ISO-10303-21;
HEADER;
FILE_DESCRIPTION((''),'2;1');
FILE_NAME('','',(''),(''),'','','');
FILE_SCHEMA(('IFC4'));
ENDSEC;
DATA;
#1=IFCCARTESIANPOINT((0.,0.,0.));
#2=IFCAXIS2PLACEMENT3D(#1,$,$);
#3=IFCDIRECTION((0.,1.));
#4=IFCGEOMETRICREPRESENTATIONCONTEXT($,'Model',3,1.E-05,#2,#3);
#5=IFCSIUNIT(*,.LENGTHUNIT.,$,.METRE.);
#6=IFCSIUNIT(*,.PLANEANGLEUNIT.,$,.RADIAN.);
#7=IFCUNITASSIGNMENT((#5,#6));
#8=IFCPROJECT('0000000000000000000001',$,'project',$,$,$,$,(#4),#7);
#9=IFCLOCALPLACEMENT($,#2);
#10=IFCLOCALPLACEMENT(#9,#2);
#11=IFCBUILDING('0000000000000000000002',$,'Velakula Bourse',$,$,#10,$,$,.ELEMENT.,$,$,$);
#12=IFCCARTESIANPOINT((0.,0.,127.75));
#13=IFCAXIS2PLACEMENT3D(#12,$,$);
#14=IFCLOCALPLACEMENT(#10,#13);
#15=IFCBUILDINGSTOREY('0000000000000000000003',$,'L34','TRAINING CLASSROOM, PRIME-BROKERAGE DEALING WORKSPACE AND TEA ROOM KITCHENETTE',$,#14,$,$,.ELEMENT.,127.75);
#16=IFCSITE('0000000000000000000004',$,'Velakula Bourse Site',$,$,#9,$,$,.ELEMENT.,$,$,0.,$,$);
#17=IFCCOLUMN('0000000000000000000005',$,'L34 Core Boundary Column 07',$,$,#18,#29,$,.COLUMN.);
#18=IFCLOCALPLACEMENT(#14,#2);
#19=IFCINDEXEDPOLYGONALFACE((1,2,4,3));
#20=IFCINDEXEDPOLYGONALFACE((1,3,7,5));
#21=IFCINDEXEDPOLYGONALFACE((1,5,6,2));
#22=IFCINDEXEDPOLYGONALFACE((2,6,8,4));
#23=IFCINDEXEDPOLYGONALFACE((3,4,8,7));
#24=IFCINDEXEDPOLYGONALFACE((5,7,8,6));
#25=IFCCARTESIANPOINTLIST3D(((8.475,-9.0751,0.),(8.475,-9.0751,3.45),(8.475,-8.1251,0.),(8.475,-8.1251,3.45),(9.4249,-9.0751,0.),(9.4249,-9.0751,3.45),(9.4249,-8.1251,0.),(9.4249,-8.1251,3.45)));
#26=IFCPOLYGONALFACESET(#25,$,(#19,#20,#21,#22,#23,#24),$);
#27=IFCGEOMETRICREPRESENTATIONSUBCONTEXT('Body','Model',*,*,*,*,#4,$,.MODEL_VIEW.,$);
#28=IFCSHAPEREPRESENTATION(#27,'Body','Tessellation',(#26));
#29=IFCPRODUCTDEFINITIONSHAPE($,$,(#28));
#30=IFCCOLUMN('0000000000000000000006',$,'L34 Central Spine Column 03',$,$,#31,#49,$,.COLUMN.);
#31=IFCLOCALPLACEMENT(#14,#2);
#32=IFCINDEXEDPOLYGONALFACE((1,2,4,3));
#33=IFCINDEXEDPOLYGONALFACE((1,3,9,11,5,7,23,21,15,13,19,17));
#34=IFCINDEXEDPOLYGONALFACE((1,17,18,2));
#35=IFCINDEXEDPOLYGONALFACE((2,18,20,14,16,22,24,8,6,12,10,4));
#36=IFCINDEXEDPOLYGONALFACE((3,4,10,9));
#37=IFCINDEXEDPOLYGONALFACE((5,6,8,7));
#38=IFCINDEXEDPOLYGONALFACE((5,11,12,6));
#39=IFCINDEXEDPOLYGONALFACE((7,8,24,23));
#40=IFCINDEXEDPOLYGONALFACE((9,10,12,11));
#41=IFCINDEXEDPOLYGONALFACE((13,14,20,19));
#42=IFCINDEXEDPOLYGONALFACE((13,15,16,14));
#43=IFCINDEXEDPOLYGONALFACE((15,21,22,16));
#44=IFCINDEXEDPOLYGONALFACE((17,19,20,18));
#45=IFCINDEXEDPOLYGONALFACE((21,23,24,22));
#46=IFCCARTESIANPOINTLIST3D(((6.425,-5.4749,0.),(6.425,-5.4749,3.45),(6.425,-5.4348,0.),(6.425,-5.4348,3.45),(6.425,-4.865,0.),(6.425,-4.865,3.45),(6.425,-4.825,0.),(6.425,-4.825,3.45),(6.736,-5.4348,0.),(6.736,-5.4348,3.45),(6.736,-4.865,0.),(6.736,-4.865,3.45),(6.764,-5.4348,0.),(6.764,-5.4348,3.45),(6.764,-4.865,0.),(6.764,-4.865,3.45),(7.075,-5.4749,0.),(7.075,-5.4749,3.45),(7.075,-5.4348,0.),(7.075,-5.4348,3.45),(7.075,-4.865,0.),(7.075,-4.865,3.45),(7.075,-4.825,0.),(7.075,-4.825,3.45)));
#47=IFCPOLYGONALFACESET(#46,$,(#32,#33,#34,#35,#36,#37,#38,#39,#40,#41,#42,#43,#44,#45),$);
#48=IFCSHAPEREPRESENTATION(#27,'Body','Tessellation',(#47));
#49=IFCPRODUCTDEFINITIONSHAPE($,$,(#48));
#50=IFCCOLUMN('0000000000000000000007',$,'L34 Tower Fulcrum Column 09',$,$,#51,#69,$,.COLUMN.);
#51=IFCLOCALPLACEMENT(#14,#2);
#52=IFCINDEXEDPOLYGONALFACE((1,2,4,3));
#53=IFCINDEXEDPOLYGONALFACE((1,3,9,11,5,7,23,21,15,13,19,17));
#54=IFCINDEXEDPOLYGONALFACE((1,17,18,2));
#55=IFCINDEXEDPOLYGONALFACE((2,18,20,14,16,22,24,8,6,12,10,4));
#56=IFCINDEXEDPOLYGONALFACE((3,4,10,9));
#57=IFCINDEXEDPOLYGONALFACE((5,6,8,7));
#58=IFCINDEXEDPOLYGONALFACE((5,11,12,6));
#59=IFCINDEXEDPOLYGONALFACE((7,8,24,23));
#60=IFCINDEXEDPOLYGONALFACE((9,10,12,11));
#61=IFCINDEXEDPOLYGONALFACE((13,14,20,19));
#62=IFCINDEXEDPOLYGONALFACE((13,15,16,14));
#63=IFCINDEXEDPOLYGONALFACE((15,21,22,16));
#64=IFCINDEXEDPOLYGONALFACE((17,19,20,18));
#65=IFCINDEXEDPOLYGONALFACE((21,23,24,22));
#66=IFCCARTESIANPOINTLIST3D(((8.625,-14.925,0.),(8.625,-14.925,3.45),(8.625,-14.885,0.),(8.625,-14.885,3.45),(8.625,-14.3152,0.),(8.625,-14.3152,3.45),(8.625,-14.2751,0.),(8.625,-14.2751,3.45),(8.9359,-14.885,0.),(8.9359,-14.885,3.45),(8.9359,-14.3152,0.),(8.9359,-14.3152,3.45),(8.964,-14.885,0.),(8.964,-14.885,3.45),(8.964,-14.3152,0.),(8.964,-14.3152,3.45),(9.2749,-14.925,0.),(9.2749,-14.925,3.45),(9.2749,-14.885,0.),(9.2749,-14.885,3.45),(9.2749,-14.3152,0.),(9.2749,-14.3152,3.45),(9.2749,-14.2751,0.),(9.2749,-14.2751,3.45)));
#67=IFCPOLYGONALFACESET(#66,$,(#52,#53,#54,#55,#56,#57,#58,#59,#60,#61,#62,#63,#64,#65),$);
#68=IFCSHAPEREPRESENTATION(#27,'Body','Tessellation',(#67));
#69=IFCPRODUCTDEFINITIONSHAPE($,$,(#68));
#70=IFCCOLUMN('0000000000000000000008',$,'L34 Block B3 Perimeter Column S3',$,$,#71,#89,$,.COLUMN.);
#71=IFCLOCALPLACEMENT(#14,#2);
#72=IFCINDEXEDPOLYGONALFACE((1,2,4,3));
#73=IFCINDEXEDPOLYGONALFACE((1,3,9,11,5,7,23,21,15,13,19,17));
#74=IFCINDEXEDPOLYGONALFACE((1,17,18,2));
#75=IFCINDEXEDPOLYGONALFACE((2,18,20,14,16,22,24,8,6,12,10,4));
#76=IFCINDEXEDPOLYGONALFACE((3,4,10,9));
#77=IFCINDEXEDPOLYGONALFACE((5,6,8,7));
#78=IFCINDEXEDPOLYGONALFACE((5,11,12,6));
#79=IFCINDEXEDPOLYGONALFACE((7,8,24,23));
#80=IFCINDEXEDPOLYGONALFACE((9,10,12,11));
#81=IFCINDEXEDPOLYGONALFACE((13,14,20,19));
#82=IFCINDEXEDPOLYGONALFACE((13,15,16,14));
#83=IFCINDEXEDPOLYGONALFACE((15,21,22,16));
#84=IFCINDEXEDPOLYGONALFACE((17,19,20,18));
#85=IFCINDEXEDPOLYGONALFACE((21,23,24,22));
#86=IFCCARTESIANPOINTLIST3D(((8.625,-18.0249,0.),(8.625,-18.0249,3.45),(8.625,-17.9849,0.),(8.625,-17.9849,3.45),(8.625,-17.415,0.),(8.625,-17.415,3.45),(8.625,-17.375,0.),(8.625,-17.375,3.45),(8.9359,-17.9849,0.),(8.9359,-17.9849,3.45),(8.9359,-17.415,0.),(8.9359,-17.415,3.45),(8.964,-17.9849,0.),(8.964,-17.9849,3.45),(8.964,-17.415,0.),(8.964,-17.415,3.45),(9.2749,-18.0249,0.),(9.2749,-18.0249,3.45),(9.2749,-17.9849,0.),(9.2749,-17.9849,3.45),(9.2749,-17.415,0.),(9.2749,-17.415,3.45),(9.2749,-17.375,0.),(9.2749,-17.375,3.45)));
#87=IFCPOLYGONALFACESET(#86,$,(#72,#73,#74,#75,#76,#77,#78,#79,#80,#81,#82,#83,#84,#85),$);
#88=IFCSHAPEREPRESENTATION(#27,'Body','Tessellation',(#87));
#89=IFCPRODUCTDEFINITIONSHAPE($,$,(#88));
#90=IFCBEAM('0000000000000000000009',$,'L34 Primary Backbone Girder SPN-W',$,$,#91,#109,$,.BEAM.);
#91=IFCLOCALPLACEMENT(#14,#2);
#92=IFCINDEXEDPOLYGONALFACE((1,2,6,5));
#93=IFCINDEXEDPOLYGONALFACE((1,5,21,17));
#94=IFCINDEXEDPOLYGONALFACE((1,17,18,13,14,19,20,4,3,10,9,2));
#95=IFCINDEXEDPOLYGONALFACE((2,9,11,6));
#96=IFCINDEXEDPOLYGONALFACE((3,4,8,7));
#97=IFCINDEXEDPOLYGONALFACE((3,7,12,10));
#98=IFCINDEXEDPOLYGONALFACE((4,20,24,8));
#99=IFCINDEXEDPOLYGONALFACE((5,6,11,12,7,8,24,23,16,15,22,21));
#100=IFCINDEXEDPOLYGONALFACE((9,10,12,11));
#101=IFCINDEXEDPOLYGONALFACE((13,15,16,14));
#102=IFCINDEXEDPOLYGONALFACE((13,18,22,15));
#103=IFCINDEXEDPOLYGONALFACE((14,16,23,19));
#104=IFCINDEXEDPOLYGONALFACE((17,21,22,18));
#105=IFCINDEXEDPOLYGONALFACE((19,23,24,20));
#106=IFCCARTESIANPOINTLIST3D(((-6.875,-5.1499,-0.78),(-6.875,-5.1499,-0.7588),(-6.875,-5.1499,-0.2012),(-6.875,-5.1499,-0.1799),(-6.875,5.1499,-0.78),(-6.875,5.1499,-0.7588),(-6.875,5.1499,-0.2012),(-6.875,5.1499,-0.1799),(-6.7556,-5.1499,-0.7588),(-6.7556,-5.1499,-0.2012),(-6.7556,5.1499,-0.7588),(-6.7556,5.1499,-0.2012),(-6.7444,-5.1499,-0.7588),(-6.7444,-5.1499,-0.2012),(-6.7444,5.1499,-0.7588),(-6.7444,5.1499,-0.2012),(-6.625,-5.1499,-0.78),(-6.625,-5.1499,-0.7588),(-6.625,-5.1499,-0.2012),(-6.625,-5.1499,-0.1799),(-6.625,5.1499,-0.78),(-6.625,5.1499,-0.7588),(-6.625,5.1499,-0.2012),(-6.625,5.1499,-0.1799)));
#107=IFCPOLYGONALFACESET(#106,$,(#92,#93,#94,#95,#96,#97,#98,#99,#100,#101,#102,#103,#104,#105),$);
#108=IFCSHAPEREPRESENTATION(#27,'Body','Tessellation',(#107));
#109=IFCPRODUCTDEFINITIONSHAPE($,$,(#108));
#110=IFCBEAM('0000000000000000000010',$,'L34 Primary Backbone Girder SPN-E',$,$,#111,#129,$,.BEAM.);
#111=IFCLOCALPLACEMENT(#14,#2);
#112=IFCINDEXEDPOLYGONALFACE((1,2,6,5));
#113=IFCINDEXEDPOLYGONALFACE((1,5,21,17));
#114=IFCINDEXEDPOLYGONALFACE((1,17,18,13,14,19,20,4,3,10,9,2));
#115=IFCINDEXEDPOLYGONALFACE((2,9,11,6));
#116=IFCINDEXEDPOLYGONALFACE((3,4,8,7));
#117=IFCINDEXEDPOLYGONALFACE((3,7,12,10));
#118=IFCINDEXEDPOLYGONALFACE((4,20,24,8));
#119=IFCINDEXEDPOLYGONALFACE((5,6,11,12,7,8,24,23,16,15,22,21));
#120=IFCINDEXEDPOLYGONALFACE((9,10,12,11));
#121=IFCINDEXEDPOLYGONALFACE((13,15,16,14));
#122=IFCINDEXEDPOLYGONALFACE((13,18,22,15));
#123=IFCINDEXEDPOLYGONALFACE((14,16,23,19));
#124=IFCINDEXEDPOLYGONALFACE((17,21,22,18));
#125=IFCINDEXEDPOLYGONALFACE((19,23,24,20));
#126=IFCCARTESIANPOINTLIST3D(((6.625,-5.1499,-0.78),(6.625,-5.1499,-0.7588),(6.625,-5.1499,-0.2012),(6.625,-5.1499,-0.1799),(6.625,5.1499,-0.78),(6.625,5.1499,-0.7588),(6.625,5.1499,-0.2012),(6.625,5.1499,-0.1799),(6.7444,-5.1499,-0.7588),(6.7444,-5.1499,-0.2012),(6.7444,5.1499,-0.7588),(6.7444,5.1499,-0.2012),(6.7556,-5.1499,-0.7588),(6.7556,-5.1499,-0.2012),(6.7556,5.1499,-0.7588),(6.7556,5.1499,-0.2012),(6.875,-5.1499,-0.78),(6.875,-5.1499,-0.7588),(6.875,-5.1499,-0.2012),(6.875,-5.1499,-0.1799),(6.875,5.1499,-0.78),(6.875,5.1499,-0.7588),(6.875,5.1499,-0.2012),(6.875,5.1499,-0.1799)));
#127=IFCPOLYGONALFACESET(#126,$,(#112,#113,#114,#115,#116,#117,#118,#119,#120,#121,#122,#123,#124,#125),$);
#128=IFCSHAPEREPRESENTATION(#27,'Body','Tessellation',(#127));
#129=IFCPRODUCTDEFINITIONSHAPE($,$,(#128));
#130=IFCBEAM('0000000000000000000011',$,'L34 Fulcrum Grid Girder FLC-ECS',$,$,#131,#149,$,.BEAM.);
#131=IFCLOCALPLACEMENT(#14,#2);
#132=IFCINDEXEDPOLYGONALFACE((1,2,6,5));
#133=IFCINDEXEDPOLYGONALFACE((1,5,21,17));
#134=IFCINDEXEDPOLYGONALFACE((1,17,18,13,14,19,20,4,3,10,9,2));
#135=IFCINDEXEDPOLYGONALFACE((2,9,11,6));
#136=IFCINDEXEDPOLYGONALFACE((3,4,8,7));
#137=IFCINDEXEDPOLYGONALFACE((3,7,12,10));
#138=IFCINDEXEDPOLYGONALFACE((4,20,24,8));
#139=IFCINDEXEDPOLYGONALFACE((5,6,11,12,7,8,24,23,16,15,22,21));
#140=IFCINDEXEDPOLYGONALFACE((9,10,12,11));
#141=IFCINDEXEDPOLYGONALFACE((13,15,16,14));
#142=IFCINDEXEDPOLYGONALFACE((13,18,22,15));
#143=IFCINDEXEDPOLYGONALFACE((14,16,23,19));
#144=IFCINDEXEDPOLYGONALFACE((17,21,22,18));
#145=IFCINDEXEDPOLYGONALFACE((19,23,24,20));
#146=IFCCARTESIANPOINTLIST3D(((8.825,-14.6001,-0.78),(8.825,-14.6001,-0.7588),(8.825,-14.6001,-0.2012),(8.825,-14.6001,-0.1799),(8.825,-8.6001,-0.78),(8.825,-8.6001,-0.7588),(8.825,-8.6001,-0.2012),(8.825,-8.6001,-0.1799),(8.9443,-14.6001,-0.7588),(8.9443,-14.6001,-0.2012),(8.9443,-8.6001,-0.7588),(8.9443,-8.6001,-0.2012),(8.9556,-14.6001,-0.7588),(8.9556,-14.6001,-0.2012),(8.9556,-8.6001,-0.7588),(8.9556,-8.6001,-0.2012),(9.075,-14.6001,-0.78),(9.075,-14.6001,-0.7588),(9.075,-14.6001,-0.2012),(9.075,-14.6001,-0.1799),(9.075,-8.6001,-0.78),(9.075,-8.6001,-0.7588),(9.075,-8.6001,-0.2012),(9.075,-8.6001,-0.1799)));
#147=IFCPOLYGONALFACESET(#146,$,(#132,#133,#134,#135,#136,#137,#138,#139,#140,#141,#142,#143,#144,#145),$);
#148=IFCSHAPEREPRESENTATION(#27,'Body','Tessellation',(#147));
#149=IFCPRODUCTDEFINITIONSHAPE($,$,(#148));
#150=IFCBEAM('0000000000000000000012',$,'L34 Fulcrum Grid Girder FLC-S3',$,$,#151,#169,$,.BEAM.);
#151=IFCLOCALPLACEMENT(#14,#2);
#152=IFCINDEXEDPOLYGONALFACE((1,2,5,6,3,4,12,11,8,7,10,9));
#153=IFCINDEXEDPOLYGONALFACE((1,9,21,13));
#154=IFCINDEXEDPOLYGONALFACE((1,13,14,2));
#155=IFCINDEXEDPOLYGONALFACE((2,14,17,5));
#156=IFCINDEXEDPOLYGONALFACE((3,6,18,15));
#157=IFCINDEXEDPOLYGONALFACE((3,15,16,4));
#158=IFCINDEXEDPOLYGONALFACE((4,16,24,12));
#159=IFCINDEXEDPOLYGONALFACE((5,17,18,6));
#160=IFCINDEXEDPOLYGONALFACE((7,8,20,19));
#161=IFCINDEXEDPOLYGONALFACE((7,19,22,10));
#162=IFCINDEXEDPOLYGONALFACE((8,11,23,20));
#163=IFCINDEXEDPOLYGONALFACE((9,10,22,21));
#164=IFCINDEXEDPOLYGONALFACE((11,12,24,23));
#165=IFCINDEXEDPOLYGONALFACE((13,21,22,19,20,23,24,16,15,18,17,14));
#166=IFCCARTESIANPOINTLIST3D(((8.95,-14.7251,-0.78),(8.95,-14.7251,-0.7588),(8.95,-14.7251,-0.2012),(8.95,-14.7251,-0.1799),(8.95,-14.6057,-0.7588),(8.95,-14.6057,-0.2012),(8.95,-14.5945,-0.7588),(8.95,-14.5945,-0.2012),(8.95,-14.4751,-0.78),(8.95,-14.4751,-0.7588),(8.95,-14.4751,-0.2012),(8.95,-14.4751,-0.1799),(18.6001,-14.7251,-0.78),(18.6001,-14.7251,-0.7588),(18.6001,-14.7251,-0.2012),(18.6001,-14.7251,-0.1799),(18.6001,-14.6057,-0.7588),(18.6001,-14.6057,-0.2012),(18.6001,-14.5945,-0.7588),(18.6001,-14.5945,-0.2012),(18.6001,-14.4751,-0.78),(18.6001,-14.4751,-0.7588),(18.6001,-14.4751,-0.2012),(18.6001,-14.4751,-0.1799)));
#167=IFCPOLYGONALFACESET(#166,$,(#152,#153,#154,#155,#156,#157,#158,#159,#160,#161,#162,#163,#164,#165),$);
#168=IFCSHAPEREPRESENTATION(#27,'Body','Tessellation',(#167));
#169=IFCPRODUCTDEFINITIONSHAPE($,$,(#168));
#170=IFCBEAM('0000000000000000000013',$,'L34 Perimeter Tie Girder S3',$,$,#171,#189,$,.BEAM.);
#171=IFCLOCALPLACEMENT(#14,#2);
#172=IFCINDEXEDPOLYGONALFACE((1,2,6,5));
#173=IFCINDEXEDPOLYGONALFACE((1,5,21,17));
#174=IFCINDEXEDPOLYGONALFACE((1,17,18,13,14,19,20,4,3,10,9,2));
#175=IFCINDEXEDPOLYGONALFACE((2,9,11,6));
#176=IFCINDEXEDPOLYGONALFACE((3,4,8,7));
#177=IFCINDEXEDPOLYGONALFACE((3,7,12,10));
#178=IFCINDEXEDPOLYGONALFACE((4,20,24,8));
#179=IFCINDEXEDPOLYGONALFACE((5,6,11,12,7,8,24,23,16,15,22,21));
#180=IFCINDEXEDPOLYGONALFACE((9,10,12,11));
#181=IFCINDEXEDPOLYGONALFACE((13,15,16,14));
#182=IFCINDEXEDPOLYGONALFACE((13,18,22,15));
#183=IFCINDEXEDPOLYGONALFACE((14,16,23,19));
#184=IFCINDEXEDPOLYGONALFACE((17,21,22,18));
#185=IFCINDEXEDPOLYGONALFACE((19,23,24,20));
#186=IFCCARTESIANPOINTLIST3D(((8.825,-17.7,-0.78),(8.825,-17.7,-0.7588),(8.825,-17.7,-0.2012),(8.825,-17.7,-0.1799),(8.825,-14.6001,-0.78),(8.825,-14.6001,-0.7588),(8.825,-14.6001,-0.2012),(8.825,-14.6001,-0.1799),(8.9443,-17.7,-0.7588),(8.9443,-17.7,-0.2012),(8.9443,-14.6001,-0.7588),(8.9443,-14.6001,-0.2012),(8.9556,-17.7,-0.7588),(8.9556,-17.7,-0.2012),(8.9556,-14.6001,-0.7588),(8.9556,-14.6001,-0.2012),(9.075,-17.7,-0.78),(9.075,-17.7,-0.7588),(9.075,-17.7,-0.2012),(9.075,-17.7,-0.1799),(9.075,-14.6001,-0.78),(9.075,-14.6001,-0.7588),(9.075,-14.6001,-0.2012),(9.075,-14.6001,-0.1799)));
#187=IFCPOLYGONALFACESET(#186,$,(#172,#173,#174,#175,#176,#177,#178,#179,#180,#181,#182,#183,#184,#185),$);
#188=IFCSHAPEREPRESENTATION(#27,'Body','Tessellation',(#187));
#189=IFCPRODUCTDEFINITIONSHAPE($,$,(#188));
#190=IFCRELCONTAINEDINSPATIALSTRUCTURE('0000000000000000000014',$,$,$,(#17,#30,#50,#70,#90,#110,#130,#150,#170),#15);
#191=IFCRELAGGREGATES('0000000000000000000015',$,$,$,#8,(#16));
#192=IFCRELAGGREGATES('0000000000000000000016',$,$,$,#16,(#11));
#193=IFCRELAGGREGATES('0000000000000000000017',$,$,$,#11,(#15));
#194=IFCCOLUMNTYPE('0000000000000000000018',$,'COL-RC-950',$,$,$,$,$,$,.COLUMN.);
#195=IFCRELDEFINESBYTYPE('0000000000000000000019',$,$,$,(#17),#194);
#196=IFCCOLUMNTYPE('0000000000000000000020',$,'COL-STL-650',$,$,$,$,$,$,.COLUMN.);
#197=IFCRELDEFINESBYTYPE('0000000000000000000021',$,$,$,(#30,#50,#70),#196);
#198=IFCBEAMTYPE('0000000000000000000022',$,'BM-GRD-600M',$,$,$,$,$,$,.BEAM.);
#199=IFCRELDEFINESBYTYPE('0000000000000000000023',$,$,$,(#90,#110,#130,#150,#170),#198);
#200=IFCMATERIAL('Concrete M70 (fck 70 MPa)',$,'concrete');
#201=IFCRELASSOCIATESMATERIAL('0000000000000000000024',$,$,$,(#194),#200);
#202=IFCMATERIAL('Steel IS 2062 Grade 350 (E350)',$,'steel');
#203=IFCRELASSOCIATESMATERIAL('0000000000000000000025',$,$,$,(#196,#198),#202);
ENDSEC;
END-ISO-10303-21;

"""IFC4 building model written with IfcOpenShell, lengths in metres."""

from ifc_helpers import new_model, si_unit, direction, frame, origin, origin_2d, place, context, subcontext, project, spatial, rectangle, i_section, extrude, material, material_profile, profile_set, type_object, element, save


model = new_model("IFC4")

# Units and contexts
model_context = context("Model", 3, precision=1e-05, world=origin(), true_north=direction((0.0, 1.0)))
body_context = subcontext(model_context, "Body", "Model", "MODEL_VIEW")
ifc_project = project(units=[si_unit("LENGTHUNIT", "METRE"), si_unit("PLANEANGLEUNIT", "RADIAN")], contexts=[model_context])

# Site, building, storey
site_placement = place(None, origin())
site = spatial("IfcSite", under=ifc_project, at=site_placement, Name="Velakula Bourse Site", CompositionType="ELEMENT", RefElevation=0.0)
building_placement = place(site_placement, origin())
building = spatial("IfcBuilding", under=site, at=building_placement, Name="Velakula Bourse", CompositionType="ELEMENT")
storey_placement = place(building_placement, frame((0.0, 0.0, 127.75)))
storey = spatial("IfcBuildingStorey", under=building, at=storey_placement, Name="L34", Description="TRAINING CLASSROOM, PRIME-BROKERAGE DEALING WORKSPACE AND TEA ROOM KITCHENETTE", CompositionType="ELEMENT", Elevation=127.75)

# Columns
ifc_material_1 = material(Name="Concrete M70 (fck 70 MPa)", Category="concrete")
ifc_material_profile_1 = material_profile(ifc_material_1, rectangle(XDim=0.95, YDim=0.95, at=origin_2d()), Name="Concrete M70 (fck 70 MPa)")
ifc_profile_set_1 = profile_set([ifc_material_profile_1], Name="Concrete M70 (fck 70 MPa)")
column_type_1 = type_object("IfcColumnType", Name="COL-RC-950", PredefinedType="COLUMN", material=ifc_profile_set_1)
column_placement = place(storey_placement, frame((8.95, -8.6001, 0.0), z_axis=(0.0, 0.0, 1.0), x_axis=(1.0, 0.0, 0.0)))
element("IfcColumn", 1, at=column_placement, inside=storey, type_object=column_type_1, Name="L34 Core Boundary Column 07", PredefinedType="COLUMN", context=body_context, shape_type="SweptSolid", body=[
    extrude(rectangle(XDim=0.95, YDim=0.95, at=origin_2d()), origin(), (0.0, 0.0, 1.0), 3.45),
])
ifc_material_2 = material(Name="Steel IS 2062 Grade 350 (E350)", Category="steel")
ifc_material_profile_2 = material_profile(ifc_material_2, i_section(OverallWidth=0.6499, OverallDepth=0.6499, WebThickness=0.0281, FlangeThickness=0.04, at=origin_2d()), Name="Steel IS 2062 Grade 350 (E350)")
ifc_profile_set_2 = profile_set([ifc_material_profile_2], Name="Steel IS 2062 Grade 350 (E350)")
column_type_2 = type_object("IfcColumnType", Name="COL-STL-650", PredefinedType="COLUMN", material=ifc_profile_set_2)
for number, where, z_axis, x_axis, name in (
    (2, (6.75, -5.1499, 0.0), (0.0, 0.0, 1.0), (1.0, 0.0, 0.0), "L34 Central Spine Column 03"),
    (3, (8.95, -14.6001, 0.0), (0.0, 0.0, 1.0), (1.0, 0.0, 0.0), "L34 Tower Fulcrum Column 09"),
    (4, (8.95, -17.7, 0.0), (0.0, 0.0, 1.0), (1.0, 0.0, 0.0), "L34 Block B3 Perimeter Column S3"),
):
    element("IfcColumn", number, at=place(storey_placement, frame(where, z_axis=z_axis, x_axis=x_axis)), inside=storey, type_object=column_type_2, Name=name, PredefinedType="COLUMN", context=body_context, shape_type="SweptSolid", body=[
        extrude(i_section(OverallWidth=0.6499, OverallDepth=0.6499, WebThickness=0.0281, FlangeThickness=0.04, at=origin_2d()), origin(), (0.0, 0.0, 1.0), 3.45),
    ])

# Beams
ifc_material_profile_3 = material_profile(ifc_material_2, i_section(OverallWidth=0.25, OverallDepth=0.6001, WebThickness=0.0112, FlangeThickness=0.0212, at=origin_2d()), Name="Steel IS 2062 Grade 350 (E350)")
ifc_profile_set_3 = profile_set([ifc_material_profile_3], Name="Steel IS 2062 Grade 350 (E350)")
beam_type_1 = type_object("IfcBeamType", Name="BM-GRD-600M", PredefinedType="BEAM", material=ifc_profile_set_3)
for number, where, z_axis, x_axis, name in (
    (5, (-6.75, -5.1499, -0.48), (0.0, 1.0, 0.0), (-1.0, 0.0, 0.0), "L34 Primary Backbone Girder SPN-W"),
    (6, (6.75, -5.1499, -0.48), (0.0, 1.0, 0.0), (-1.0, 0.0, 0.0), "L34 Primary Backbone Girder SPN-E"),
):
    element("IfcBeam", number, at=place(storey_placement, frame(where, z_axis=z_axis, x_axis=x_axis)), inside=storey, type_object=beam_type_1, Name=name, PredefinedType="BEAM", context=body_context, shape_type="SweptSolid", body=[
        extrude(i_section(OverallWidth=0.25, OverallDepth=0.6001, WebThickness=0.0112, FlangeThickness=0.0212, at=origin_2d()), origin(), (0.0, 0.0, 1.0), 10.2998),
    ])
beam_1_placement = place(storey_placement, frame((8.95, -14.6001, -0.48), z_axis=(0.0, 1.0, 0.0), x_axis=(-1.0, 0.0, 0.0)))
element("IfcBeam", 7, at=beam_1_placement, inside=storey, type_object=beam_type_1, Name="L34 Fulcrum Grid Girder FLC-ECS", PredefinedType="BEAM", context=body_context, shape_type="SweptSolid", body=[
    extrude(i_section(OverallWidth=0.25, OverallDepth=0.6001, WebThickness=0.0112, FlangeThickness=0.0212, at=origin_2d()), origin(), (0.0, 0.0, 1.0), 6.0),
])
beam_2_placement = place(storey_placement, frame((8.95, -14.6001, -0.48), z_axis=(1.0, 0.0, 0.0), x_axis=(0.0, 1.0, 0.0)))
element("IfcBeam", 8, at=beam_2_placement, inside=storey, type_object=beam_type_1, Name="L34 Fulcrum Grid Girder FLC-S3", PredefinedType="BEAM", context=body_context, shape_type="SweptSolid", body=[
    extrude(i_section(OverallWidth=0.25, OverallDepth=0.6001, WebThickness=0.0112, FlangeThickness=0.0212, at=origin_2d()), origin(), (0.0, 0.0, 1.0), 9.6501),
])
beam_3_placement = place(storey_placement, frame((8.95, -14.6001, -0.48), z_axis=(0.0, -1.0, 0.0), x_axis=(1.0, 0.0, 0.0)))
element("IfcBeam", 9, at=beam_3_placement, inside=storey, type_object=beam_type_1, Name="L34 Perimeter Tie Girder S3", PredefinedType="BEAM", context=body_context, shape_type="SweptSolid", body=[
    extrude(i_section(OverallWidth=0.25, OverallDepth=0.6001, WebThickness=0.0112, FlangeThickness=0.0212, at=origin_2d()), origin(), (0.0, 0.0, 1.0), 3.0999),
])

save(model, "model.ifc")
